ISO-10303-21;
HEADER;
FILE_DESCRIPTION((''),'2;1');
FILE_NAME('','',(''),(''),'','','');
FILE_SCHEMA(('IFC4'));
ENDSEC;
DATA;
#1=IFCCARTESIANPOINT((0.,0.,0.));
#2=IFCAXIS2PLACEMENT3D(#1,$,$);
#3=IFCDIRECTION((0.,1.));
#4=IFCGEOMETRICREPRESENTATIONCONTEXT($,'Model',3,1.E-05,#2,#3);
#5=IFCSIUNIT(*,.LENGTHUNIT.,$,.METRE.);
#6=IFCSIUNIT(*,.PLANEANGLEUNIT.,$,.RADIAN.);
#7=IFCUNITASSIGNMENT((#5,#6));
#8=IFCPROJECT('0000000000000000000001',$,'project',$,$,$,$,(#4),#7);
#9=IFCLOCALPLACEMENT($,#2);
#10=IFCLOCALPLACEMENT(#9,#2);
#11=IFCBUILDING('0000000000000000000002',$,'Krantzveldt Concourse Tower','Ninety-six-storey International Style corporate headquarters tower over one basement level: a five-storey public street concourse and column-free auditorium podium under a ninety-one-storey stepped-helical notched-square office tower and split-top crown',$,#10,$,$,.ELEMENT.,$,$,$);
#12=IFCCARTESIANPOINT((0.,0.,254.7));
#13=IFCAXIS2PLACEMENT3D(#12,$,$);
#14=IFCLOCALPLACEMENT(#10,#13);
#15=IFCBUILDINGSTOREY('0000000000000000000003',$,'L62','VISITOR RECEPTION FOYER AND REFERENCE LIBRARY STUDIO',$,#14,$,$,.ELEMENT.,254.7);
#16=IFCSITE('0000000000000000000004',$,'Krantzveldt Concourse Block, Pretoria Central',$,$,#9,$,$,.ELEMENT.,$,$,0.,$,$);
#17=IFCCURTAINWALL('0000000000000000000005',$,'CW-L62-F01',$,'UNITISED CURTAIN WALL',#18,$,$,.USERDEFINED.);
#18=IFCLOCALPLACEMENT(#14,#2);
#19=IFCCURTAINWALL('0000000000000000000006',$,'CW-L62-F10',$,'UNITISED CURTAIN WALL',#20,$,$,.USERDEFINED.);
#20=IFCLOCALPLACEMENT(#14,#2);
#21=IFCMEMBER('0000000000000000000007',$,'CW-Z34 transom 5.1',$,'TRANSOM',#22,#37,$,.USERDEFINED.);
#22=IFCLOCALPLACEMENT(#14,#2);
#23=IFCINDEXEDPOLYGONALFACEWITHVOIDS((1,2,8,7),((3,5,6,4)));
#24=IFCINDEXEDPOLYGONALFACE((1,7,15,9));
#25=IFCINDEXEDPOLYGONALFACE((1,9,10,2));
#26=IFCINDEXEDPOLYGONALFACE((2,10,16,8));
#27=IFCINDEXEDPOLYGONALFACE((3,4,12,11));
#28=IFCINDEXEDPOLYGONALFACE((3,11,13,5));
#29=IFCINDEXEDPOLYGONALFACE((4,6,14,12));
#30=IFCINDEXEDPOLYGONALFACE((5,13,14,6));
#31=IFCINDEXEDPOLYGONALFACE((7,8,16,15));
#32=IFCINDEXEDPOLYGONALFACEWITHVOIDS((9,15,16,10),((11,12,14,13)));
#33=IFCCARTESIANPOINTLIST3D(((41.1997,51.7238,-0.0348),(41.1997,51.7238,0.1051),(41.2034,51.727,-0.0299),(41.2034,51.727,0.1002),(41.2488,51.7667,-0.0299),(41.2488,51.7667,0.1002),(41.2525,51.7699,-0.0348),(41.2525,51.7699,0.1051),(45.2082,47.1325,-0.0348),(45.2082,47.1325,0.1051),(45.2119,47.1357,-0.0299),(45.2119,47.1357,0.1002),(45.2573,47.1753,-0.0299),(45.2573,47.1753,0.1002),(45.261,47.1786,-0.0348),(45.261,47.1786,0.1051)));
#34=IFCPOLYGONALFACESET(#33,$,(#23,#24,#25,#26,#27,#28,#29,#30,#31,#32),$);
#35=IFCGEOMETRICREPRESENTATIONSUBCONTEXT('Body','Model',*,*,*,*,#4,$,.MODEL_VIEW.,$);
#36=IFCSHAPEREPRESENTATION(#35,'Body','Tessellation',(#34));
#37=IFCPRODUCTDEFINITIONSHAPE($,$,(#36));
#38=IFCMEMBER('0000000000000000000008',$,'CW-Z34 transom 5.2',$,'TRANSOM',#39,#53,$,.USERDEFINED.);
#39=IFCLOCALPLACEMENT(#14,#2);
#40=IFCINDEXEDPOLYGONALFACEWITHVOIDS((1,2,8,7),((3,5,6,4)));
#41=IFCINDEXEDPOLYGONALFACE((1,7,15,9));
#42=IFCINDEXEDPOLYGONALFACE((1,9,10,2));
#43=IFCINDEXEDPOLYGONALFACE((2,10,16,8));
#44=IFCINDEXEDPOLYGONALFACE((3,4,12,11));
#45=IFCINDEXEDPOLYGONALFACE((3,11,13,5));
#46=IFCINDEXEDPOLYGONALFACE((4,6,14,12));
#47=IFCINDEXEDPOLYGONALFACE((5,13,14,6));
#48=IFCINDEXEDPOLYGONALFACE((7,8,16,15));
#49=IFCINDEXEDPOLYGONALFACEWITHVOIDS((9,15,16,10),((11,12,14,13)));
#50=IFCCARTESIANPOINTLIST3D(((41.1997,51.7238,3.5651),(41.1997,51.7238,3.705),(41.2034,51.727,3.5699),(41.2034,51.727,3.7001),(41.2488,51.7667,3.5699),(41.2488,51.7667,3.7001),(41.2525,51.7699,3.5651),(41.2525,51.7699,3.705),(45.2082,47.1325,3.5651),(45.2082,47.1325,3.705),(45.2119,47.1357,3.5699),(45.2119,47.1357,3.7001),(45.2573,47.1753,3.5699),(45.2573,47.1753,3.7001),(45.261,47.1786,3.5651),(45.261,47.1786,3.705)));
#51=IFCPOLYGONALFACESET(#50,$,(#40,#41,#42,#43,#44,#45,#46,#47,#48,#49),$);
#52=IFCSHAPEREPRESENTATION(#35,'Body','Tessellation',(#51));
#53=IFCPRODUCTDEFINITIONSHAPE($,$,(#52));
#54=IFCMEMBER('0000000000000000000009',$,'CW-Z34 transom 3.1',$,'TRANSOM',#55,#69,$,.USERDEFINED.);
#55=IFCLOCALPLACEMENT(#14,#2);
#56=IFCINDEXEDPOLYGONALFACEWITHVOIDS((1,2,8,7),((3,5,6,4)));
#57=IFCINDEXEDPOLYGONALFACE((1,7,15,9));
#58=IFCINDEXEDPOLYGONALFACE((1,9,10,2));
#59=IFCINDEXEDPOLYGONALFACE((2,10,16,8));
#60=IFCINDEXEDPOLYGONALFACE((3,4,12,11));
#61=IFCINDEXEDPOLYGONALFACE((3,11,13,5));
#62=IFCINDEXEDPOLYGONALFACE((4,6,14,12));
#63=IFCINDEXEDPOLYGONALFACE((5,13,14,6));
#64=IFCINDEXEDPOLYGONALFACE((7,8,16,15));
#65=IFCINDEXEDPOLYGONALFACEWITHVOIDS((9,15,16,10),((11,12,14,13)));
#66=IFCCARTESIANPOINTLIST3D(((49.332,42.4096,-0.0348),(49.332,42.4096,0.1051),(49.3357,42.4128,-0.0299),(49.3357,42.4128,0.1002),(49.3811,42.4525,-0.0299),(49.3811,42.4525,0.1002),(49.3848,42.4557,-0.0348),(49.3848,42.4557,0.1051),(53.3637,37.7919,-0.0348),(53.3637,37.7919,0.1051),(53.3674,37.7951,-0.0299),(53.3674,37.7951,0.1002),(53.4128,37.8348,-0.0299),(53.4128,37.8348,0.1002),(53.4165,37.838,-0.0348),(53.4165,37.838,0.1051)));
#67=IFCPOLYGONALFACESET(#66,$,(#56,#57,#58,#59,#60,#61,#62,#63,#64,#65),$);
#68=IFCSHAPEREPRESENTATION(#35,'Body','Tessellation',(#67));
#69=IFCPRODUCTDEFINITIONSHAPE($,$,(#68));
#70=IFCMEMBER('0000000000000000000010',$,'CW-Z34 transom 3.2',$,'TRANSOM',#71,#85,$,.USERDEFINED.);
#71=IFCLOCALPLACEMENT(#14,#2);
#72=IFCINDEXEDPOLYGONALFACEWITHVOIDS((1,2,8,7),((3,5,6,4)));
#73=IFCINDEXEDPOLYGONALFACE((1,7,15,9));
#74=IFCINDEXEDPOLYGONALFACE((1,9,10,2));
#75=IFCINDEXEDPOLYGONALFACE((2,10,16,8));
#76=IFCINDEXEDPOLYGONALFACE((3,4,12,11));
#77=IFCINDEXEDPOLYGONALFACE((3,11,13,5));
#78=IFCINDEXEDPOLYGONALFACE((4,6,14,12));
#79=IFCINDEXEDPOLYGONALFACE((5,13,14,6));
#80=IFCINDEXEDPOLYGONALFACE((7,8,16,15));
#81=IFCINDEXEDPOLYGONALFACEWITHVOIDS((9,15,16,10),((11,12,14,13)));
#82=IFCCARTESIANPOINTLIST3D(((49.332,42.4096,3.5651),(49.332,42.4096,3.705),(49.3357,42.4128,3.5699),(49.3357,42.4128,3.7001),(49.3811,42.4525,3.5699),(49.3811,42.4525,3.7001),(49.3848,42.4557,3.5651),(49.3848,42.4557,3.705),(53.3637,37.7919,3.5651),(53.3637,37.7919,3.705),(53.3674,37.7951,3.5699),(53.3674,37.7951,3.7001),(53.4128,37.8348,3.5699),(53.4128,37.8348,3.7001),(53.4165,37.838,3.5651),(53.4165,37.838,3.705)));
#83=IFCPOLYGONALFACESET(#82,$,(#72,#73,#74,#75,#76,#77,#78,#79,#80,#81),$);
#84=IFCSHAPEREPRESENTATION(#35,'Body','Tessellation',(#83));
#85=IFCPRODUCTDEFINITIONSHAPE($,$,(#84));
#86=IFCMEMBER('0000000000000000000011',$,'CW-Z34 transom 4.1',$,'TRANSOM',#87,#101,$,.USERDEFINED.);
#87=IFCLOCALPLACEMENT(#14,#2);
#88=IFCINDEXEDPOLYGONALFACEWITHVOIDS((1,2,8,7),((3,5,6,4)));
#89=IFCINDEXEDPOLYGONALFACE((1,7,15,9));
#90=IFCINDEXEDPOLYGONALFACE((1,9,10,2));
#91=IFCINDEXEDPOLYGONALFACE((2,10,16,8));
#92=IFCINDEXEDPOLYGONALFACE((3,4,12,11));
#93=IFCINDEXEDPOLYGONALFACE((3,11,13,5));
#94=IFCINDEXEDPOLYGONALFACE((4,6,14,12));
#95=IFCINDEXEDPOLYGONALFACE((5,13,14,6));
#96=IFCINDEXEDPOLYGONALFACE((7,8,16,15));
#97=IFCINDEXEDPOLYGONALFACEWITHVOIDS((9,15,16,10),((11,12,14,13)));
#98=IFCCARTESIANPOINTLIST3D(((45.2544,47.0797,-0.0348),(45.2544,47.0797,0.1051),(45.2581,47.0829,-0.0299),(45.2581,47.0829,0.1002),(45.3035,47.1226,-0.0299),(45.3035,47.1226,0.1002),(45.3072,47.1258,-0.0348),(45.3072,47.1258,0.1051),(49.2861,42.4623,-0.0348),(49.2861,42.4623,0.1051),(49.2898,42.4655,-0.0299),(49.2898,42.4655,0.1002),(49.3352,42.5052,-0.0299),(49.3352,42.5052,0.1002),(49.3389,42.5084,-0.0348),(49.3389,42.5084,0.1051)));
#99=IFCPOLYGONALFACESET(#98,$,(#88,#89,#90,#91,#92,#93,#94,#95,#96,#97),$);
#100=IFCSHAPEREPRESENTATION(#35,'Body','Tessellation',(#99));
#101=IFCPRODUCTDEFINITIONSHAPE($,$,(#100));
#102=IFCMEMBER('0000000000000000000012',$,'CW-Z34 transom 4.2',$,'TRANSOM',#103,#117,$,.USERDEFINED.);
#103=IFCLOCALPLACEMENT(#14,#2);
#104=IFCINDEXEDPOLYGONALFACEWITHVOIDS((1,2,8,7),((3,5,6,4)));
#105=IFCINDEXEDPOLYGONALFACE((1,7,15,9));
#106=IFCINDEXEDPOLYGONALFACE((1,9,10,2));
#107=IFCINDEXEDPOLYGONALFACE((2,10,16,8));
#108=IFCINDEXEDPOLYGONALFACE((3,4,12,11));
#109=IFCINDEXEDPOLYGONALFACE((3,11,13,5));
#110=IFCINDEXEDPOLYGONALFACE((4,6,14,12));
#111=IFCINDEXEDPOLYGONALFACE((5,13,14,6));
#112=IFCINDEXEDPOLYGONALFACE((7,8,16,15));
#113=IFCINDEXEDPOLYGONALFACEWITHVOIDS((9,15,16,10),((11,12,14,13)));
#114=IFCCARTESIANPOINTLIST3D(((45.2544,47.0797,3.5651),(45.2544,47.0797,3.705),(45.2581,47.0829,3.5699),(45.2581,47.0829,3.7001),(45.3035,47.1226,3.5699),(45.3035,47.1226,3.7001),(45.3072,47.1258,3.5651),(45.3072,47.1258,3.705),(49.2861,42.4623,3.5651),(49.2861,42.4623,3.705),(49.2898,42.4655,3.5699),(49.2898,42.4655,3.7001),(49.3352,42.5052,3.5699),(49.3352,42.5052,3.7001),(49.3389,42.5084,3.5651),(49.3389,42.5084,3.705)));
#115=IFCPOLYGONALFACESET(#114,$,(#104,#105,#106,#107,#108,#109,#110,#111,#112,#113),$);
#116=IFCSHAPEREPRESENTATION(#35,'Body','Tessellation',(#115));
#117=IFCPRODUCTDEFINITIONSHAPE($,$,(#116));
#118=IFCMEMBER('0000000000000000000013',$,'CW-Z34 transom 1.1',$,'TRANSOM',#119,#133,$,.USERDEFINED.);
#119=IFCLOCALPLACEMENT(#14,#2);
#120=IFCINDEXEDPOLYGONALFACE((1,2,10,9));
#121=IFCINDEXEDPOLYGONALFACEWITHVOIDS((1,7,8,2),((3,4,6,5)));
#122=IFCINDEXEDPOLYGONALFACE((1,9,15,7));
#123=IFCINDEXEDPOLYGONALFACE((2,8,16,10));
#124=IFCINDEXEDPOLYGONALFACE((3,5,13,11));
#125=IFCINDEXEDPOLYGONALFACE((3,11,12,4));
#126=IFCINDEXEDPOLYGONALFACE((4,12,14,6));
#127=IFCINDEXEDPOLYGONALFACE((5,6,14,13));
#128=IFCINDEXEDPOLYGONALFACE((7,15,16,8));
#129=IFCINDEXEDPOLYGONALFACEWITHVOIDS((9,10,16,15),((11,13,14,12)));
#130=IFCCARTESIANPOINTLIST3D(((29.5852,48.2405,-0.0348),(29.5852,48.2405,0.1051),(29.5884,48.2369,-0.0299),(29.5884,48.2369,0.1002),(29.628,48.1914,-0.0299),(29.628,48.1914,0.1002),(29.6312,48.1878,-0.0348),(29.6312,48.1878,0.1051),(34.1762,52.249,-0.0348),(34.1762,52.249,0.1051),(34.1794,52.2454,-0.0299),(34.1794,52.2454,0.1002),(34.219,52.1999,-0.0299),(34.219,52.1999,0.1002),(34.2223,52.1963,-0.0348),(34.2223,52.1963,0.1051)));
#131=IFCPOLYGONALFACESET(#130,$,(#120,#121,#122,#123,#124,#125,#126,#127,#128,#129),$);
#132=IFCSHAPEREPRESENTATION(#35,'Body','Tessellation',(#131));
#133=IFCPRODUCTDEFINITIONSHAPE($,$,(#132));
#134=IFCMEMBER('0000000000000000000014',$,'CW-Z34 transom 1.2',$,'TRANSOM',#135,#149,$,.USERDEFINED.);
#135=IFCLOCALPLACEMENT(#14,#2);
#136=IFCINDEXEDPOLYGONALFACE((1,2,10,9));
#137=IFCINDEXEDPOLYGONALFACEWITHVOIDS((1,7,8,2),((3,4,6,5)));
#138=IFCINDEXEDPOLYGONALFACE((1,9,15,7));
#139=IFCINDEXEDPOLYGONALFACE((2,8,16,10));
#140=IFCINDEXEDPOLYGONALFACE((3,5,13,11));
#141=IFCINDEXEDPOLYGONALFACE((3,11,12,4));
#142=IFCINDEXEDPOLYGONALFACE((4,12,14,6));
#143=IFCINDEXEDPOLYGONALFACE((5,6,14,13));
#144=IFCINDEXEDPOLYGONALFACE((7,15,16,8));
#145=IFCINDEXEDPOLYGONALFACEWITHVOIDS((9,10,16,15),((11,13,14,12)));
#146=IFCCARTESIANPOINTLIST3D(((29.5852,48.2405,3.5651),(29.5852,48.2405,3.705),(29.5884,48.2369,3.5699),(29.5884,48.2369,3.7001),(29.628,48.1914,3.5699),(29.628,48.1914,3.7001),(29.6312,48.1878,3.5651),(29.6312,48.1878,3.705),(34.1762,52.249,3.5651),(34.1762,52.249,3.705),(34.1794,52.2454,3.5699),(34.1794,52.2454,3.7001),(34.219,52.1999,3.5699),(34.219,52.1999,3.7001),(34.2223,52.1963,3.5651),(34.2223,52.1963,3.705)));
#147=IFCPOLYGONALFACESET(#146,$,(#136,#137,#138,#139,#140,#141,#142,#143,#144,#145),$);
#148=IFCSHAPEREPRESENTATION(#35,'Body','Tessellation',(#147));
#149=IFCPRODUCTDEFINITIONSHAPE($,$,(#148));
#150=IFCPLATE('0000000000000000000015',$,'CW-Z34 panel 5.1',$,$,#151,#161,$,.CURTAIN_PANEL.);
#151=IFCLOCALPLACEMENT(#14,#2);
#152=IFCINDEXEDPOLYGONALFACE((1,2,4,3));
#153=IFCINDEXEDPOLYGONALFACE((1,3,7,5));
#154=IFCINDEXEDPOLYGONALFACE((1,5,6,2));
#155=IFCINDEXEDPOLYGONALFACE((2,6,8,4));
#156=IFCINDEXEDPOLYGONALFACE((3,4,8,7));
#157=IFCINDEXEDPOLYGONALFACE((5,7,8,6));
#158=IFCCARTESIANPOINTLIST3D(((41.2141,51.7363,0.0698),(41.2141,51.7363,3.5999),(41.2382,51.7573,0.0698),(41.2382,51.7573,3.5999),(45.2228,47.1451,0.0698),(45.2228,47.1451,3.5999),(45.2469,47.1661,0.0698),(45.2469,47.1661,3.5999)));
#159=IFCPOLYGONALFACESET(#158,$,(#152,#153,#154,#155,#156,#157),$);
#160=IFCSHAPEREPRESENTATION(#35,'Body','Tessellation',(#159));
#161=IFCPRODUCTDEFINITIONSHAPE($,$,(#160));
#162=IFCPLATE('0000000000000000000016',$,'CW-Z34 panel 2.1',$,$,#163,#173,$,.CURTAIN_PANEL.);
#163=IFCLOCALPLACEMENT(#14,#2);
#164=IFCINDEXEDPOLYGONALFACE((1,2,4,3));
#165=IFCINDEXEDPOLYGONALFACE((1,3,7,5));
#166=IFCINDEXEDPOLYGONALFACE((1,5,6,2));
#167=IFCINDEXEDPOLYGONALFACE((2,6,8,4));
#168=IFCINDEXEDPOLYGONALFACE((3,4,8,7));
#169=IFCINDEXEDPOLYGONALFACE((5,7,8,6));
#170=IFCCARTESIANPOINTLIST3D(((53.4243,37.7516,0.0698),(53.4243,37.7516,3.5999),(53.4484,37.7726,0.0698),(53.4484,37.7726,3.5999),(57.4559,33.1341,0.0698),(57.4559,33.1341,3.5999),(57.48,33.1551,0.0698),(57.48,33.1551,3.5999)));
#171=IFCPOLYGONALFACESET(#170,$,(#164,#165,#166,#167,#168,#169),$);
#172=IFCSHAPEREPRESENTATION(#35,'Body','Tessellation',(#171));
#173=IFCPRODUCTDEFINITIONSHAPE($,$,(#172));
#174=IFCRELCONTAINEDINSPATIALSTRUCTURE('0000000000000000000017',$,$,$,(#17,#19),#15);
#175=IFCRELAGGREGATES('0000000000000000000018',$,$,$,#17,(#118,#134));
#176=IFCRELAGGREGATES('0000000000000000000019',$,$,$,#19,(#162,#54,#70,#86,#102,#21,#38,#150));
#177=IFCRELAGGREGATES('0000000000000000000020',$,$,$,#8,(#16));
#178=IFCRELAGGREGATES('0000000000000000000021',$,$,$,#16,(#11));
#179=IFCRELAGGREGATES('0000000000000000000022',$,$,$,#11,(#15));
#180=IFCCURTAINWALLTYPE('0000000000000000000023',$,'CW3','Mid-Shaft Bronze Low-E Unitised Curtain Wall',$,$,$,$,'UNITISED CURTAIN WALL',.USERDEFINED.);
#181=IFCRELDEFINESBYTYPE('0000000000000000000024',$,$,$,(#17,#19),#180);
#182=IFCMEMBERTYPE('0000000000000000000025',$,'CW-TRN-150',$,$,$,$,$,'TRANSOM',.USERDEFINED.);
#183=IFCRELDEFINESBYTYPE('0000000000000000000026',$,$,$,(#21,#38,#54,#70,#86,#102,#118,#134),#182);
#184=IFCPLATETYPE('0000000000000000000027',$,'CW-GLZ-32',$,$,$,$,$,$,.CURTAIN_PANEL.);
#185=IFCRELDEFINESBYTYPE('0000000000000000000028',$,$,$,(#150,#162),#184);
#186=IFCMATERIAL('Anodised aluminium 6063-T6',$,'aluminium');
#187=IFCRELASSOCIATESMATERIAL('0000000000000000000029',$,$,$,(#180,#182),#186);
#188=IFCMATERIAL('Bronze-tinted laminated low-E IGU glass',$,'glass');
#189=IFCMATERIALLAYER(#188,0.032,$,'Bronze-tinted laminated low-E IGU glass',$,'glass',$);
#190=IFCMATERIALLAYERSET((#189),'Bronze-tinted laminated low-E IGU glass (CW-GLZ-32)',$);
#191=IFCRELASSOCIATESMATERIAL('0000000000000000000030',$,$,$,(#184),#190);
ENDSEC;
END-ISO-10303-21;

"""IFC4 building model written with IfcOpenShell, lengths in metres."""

from ifc_helpers import new_model, si_unit, direction, frame, origin, origin_2d, place, context, subcontext, project, spatial, rectangle, hollow_rectangle, extrude, source, transform, mapped, material, layer, layer_set, material_profile, profile_set, type_object, type_shapes, element, aggregate, save


model = new_model("IFC4")

# Units and contexts
model_context = context("Model", 3, precision=1e-05, world=origin(), true_north=direction((0.0, 1.0)))
body_context = subcontext(model_context, "Body", "Model", "MODEL_VIEW")
ifc_project = project(units=[si_unit("LENGTHUNIT", "METRE"), si_unit("PLANEANGLEUNIT", "RADIAN")], contexts=[model_context])

# Site, building, storey
site_placement = place(None, origin())
site = spatial("IfcSite", under=ifc_project, at=site_placement, Name="Krantzveldt Concourse Block, Pretoria Central", CompositionType="ELEMENT", RefElevation=0.0)
building_placement = place(site_placement, origin())
building = spatial("IfcBuilding", under=site, at=building_placement, Name="Krantzveldt Concourse Tower", Description="Ninety-six-storey International Style corporate headquarters tower over one basement level: a five-storey public street concourse and column-free auditorium podium under a ninety-one-storey stepped-helical notched-square office tower and split-top crown", CompositionType="ELEMENT")
storey_placement = place(building_placement, frame((0.0, 0.0, 254.7)))
storey = spatial("IfcBuildingStorey", under=building, at=storey_placement, Name="L62", Description="VISITOR RECEPTION FOYER AND REFERENCE LIBRARY STUDIO", CompositionType="ELEMENT", Elevation=254.7)

# Curtain wall
ifc_material_1 = material(Name="Anodised aluminium 6063-T6", Category="aluminium")
curtain_wall_type = type_object("IfcCurtainWallType", Name="CW3", Description="Mid-Shaft Bronze Low-E Unitised Curtain Wall", ElementType="UNITISED CURTAIN WALL", PredefinedType="USERDEFINED", material=ifc_material_1)
curtain_wall_1_placement = place(storey_placement, origin())
curtain_wall_1 = element("IfcCurtainWall", 1, at=curtain_wall_1_placement, inside=storey, type_object=curtain_wall_type, Name="CW-L62-F01", ObjectType="UNITISED CURTAIN WALL", PredefinedType="USERDEFINED")

# Curtain wall, members
curtain_wall_2_placement = place(storey_placement, origin())
curtain_wall_2 = element("IfcCurtainWall", 2, at=curtain_wall_2_placement, inside=storey, type_object=curtain_wall_type, Name="CW-L62-F10", ObjectType="UNITISED CURTAIN WALL", PredefinedType="USERDEFINED")
ifc_material_profile_1 = material_profile(ifc_material_1, hollow_rectangle(XDim=0.0701, YDim=0.1399, WallThickness=0.0049, at=origin_2d()), Name="Anodised aluminium 6063-T6", Category="aluminium")
ifc_profile_set_1 = profile_set([ifc_material_profile_1], Name="Anodised aluminium 6063-T6 - ALU-TRAN 140x70x5")
member_type_1 = type_object("IfcMemberType", Name="CW-TRN-150", ElementType="TRANSOM", PredefinedType="USERDEFINED", material=ifc_profile_set_1)
shared_shape_1 = source(origin(), body_context, "Body", "SweptSolid", [
    extrude(hollow_rectangle(XDim=0.0701, YDim=0.1399, WallThickness=0.0049, at=origin_2d()), origin(), (0.0, 0.0, 1.0), 6.095),
])
member_1_placement = place(storey_placement, frame((45.2346, 47.1555, 0.0352), z_axis=(-0.657682, 0.753296, 0.0), x_axis=(-0.753296, -0.657682, 0.0)))
member_1 = element("IfcMember", 3, at=member_1_placement, type_object=member_type_1, Name="CW-Z34 transom 5.1", ObjectType="TRANSOM", PredefinedType="USERDEFINED", context=body_context, shape_type="MappedRepresentation", body=[
    mapped(shared_shape_1, transform((0.0, 0.0, 0.0), x_axis=(1.0, 0.0, 0.0), y_axis=(0.0, 1.0, 0.0), z_axis=(0.0, 0.0, 1.0), scale=1.0)),
])
member_2_placement = place(storey_placement, frame((45.2346, 47.1555, 3.635), z_axis=(-0.657682, 0.753296, 0.0), x_axis=(-0.753296, -0.657682, 0.0)))
member_2 = element("IfcMember", 4, at=member_2_placement, type_object=member_type_1, Name="CW-Z34 transom 5.2", ObjectType="TRANSOM", PredefinedType="USERDEFINED", context=body_context, shape_type="MappedRepresentation", body=[
    mapped(shared_shape_1, transform((0.0, 0.0, 0.0), x_axis=(1.0, 0.0, 0.0), y_axis=(0.0, 1.0, 0.0), z_axis=(0.0, 0.0, 1.0), scale=1.0)),
])
shared_shape_2 = source(origin(), body_context, "Body", "SweptSolid", [
    extrude(hollow_rectangle(XDim=0.0701, YDim=0.1399, WallThickness=0.0049, at=origin_2d()), origin(), (0.0, 0.0, 1.0), 6.1301),
])
member_3_placement = place(storey_placement, frame((53.3901, 37.8149, 0.0352), z_axis=(-0.657698, 0.753282, 0.0), x_axis=(-0.753282, -0.657698, 0.0)))
member_3 = element("IfcMember", 5, at=member_3_placement, type_object=member_type_1, Name="CW-Z34 transom 3.1", ObjectType="TRANSOM", PredefinedType="USERDEFINED", context=body_context, shape_type="MappedRepresentation", body=[
    mapped(shared_shape_2, transform((0.0, 0.0, 0.0), x_axis=(1.0, 0.0, 0.0), y_axis=(0.0, 1.0, 0.0), z_axis=(0.0, 0.0, 1.0), scale=1.0)),
])
member_4_placement = place(storey_placement, frame((53.3901, 37.8149, 3.635), z_axis=(-0.657698, 0.753282, 0.0), x_axis=(-0.753282, -0.657698, 0.0)))
member_4 = element("IfcMember", 6, at=member_4_placement, type_object=member_type_1, Name="CW-Z34 transom 3.2", ObjectType="TRANSOM", PredefinedType="USERDEFINED", context=body_context, shape_type="MappedRepresentation", body=[
    mapped(shared_shape_2, transform((0.0, 0.0, 0.0), x_axis=(1.0, 0.0, 0.0), y_axis=(0.0, 1.0, 0.0), z_axis=(0.0, 0.0, 1.0), scale=1.0)),
])
shared_shape_3 = source(origin(), body_context, "Body", "SweptSolid", [
    extrude(hollow_rectangle(XDim=0.0701, YDim=0.1399, WallThickness=0.0049, at=origin_2d()), origin(), (0.0, 0.0, 1.0), 6.1299),
])
member_5_placement = place(storey_placement, frame((49.3125, 42.4854, 0.0352), z_axis=(-0.657718, 0.753265, 0.0), x_axis=(-0.753265, -0.657718, 0.0)))
member_5 = element("IfcMember", 7, at=member_5_placement, type_object=member_type_1, Name="CW-Z34 transom 4.1", ObjectType="TRANSOM", PredefinedType="USERDEFINED", context=body_context, shape_type="MappedRepresentation", body=[
    mapped(shared_shape_3, transform((0.0, 0.0, 0.0), x_axis=(1.0, 0.0, 0.0), y_axis=(0.0, 1.0, 0.0), z_axis=(0.0, 0.0, 1.0), scale=1.0)),
])
member_6_placement = place(storey_placement, frame((49.3125, 42.4854, 3.635), z_axis=(-0.657718, 0.753265, 0.0), x_axis=(-0.753265, -0.657718, 0.0)))
member_6 = element("IfcMember", 8, at=member_6_placement, type_object=member_type_1, Name="CW-Z34 transom 4.2", ObjectType="TRANSOM", PredefinedType="USERDEFINED", context=body_context, shape_type="MappedRepresentation", body=[
    mapped(shared_shape_3, transform((0.0, 0.0, 0.0), x_axis=(1.0, 0.0, 0.0), y_axis=(0.0, 1.0, 0.0), z_axis=(0.0, 0.0, 1.0), scale=1.0)),
])

# Members
shared_shape_4 = source(origin(), body_context, "Body", "SweptSolid", [
    extrude(hollow_rectangle(XDim=0.0701, YDim=0.1399, WallThickness=0.0049, at=origin_2d()), origin(), (0.0, 0.0, 1.0), 6.0947),
])
type_shapes(member_type_1, [shared_shape_1, shared_shape_2, shared_shape_3, shared_shape_4])
member_7_placement = place(storey_placement, frame((34.1992, 52.2227, 0.0352), z_axis=(-0.753279, -0.657702, 0.0), x_axis=(0.657702, -0.753279, 0.0)))
member_7 = element("IfcMember", 9, at=member_7_placement, type_object=member_type_1, Name="CW-Z34 transom 1.1", ObjectType="TRANSOM", PredefinedType="USERDEFINED", context=body_context, shape_type="MappedRepresentation", body=[
    mapped(shared_shape_4, transform((0.0, 0.0, 0.0), x_axis=(1.0, 0.0, 0.0), y_axis=(0.0, 1.0, 0.0), z_axis=(0.0, 0.0, 1.0), scale=1.0)),
])
member_8_placement = place(storey_placement, frame((34.1992, 52.2227, 3.635), z_axis=(-0.753279, -0.657702, 0.0), x_axis=(0.657702, -0.753279, 0.0)))
member_8 = element("IfcMember", 10, at=member_8_placement, type_object=member_type_1, Name="CW-Z34 transom 1.2", ObjectType="TRANSOM", PredefinedType="USERDEFINED", context=body_context, shape_type="MappedRepresentation", body=[
    mapped(shared_shape_4, transform((0.0, 0.0, 0.0), x_axis=(1.0, 0.0, 0.0), y_axis=(0.0, 1.0, 0.0), z_axis=(0.0, 0.0, 1.0), scale=1.0)),
])
aggregate(curtain_wall_1, [member_7, member_8])

# Plates
ifc_material_2 = material(Name="Bronze-tinted laminated low-E IGU glass", Category="glass")
ifc_layer_1 = layer(ifc_material_2, 0.032, Name="Bronze-tinted laminated low-E IGU glass", Category="glass")
ifc_layer_set_1 = layer_set([ifc_layer_1], Name="Bronze-tinted laminated low-E IGU glass (CW-GLZ-32)")
plate_type = type_object("IfcPlateType", Name="CW-GLZ-32", PredefinedType="CURTAIN_PANEL", material=ifc_layer_set_1)
shared_shape_5 = source(origin(), body_context, "Body", "SweptSolid", [
    extrude(rectangle(XDim=6.095, YDim=0.032, at=origin_2d()), origin(), (0.0, 0.0, 1.0), 3.53),
])
plate_1_placement = place(storey_placement, frame((43.2305, 49.4512, 0.0698), z_axis=(0.0, 0.0, 1.0), x_axis=(-0.657704, 0.753277, 0.0)))
plate_1 = element("IfcPlate", 11, at=plate_1_placement, type_object=plate_type, Name="CW-Z34 panel 5.1", PredefinedType="CURTAIN_PANEL", context=body_context, shape_type="MappedRepresentation", body=[
    mapped(shared_shape_5, transform((0.0, 0.0, 0.0), x_axis=(1.0, 0.0, 0.0), y_axis=(0.0, 1.0, 0.0), z_axis=(0.0, 0.0, 1.0), scale=1.0)),
])
shared_shape_6 = source(origin(), body_context, "Body", "SweptSolid", [
    extrude(rectangle(XDim=6.1299, YDim=0.032, at=origin_2d()), origin(), (0.0, 0.0, 1.0), 3.53),
])
type_shapes(plate_type, [shared_shape_5, shared_shape_6])
plate_2_placement = place(storey_placement, frame((55.4521, 35.4534, 0.0698), z_axis=(0.0, 0.0, 1.0), x_axis=(-0.657704, 0.753277, 0.0)))
plate_2 = element("IfcPlate", 12, at=plate_2_placement, type_object=plate_type, Name="CW-Z34 panel 2.1", PredefinedType="CURTAIN_PANEL", context=body_context, shape_type="MappedRepresentation", body=[
    mapped(shared_shape_6, transform((0.0, 0.0, 0.0), x_axis=(1.0, 0.0, 0.0), y_axis=(0.0, 1.0, 0.0), z_axis=(0.0, 0.0, 1.0), scale=1.0)),
])
aggregate(curtain_wall_2, [plate_2, member_3, member_4, member_5, member_6, member_1, member_2, plate_1])

save(model, "model.ifc")
